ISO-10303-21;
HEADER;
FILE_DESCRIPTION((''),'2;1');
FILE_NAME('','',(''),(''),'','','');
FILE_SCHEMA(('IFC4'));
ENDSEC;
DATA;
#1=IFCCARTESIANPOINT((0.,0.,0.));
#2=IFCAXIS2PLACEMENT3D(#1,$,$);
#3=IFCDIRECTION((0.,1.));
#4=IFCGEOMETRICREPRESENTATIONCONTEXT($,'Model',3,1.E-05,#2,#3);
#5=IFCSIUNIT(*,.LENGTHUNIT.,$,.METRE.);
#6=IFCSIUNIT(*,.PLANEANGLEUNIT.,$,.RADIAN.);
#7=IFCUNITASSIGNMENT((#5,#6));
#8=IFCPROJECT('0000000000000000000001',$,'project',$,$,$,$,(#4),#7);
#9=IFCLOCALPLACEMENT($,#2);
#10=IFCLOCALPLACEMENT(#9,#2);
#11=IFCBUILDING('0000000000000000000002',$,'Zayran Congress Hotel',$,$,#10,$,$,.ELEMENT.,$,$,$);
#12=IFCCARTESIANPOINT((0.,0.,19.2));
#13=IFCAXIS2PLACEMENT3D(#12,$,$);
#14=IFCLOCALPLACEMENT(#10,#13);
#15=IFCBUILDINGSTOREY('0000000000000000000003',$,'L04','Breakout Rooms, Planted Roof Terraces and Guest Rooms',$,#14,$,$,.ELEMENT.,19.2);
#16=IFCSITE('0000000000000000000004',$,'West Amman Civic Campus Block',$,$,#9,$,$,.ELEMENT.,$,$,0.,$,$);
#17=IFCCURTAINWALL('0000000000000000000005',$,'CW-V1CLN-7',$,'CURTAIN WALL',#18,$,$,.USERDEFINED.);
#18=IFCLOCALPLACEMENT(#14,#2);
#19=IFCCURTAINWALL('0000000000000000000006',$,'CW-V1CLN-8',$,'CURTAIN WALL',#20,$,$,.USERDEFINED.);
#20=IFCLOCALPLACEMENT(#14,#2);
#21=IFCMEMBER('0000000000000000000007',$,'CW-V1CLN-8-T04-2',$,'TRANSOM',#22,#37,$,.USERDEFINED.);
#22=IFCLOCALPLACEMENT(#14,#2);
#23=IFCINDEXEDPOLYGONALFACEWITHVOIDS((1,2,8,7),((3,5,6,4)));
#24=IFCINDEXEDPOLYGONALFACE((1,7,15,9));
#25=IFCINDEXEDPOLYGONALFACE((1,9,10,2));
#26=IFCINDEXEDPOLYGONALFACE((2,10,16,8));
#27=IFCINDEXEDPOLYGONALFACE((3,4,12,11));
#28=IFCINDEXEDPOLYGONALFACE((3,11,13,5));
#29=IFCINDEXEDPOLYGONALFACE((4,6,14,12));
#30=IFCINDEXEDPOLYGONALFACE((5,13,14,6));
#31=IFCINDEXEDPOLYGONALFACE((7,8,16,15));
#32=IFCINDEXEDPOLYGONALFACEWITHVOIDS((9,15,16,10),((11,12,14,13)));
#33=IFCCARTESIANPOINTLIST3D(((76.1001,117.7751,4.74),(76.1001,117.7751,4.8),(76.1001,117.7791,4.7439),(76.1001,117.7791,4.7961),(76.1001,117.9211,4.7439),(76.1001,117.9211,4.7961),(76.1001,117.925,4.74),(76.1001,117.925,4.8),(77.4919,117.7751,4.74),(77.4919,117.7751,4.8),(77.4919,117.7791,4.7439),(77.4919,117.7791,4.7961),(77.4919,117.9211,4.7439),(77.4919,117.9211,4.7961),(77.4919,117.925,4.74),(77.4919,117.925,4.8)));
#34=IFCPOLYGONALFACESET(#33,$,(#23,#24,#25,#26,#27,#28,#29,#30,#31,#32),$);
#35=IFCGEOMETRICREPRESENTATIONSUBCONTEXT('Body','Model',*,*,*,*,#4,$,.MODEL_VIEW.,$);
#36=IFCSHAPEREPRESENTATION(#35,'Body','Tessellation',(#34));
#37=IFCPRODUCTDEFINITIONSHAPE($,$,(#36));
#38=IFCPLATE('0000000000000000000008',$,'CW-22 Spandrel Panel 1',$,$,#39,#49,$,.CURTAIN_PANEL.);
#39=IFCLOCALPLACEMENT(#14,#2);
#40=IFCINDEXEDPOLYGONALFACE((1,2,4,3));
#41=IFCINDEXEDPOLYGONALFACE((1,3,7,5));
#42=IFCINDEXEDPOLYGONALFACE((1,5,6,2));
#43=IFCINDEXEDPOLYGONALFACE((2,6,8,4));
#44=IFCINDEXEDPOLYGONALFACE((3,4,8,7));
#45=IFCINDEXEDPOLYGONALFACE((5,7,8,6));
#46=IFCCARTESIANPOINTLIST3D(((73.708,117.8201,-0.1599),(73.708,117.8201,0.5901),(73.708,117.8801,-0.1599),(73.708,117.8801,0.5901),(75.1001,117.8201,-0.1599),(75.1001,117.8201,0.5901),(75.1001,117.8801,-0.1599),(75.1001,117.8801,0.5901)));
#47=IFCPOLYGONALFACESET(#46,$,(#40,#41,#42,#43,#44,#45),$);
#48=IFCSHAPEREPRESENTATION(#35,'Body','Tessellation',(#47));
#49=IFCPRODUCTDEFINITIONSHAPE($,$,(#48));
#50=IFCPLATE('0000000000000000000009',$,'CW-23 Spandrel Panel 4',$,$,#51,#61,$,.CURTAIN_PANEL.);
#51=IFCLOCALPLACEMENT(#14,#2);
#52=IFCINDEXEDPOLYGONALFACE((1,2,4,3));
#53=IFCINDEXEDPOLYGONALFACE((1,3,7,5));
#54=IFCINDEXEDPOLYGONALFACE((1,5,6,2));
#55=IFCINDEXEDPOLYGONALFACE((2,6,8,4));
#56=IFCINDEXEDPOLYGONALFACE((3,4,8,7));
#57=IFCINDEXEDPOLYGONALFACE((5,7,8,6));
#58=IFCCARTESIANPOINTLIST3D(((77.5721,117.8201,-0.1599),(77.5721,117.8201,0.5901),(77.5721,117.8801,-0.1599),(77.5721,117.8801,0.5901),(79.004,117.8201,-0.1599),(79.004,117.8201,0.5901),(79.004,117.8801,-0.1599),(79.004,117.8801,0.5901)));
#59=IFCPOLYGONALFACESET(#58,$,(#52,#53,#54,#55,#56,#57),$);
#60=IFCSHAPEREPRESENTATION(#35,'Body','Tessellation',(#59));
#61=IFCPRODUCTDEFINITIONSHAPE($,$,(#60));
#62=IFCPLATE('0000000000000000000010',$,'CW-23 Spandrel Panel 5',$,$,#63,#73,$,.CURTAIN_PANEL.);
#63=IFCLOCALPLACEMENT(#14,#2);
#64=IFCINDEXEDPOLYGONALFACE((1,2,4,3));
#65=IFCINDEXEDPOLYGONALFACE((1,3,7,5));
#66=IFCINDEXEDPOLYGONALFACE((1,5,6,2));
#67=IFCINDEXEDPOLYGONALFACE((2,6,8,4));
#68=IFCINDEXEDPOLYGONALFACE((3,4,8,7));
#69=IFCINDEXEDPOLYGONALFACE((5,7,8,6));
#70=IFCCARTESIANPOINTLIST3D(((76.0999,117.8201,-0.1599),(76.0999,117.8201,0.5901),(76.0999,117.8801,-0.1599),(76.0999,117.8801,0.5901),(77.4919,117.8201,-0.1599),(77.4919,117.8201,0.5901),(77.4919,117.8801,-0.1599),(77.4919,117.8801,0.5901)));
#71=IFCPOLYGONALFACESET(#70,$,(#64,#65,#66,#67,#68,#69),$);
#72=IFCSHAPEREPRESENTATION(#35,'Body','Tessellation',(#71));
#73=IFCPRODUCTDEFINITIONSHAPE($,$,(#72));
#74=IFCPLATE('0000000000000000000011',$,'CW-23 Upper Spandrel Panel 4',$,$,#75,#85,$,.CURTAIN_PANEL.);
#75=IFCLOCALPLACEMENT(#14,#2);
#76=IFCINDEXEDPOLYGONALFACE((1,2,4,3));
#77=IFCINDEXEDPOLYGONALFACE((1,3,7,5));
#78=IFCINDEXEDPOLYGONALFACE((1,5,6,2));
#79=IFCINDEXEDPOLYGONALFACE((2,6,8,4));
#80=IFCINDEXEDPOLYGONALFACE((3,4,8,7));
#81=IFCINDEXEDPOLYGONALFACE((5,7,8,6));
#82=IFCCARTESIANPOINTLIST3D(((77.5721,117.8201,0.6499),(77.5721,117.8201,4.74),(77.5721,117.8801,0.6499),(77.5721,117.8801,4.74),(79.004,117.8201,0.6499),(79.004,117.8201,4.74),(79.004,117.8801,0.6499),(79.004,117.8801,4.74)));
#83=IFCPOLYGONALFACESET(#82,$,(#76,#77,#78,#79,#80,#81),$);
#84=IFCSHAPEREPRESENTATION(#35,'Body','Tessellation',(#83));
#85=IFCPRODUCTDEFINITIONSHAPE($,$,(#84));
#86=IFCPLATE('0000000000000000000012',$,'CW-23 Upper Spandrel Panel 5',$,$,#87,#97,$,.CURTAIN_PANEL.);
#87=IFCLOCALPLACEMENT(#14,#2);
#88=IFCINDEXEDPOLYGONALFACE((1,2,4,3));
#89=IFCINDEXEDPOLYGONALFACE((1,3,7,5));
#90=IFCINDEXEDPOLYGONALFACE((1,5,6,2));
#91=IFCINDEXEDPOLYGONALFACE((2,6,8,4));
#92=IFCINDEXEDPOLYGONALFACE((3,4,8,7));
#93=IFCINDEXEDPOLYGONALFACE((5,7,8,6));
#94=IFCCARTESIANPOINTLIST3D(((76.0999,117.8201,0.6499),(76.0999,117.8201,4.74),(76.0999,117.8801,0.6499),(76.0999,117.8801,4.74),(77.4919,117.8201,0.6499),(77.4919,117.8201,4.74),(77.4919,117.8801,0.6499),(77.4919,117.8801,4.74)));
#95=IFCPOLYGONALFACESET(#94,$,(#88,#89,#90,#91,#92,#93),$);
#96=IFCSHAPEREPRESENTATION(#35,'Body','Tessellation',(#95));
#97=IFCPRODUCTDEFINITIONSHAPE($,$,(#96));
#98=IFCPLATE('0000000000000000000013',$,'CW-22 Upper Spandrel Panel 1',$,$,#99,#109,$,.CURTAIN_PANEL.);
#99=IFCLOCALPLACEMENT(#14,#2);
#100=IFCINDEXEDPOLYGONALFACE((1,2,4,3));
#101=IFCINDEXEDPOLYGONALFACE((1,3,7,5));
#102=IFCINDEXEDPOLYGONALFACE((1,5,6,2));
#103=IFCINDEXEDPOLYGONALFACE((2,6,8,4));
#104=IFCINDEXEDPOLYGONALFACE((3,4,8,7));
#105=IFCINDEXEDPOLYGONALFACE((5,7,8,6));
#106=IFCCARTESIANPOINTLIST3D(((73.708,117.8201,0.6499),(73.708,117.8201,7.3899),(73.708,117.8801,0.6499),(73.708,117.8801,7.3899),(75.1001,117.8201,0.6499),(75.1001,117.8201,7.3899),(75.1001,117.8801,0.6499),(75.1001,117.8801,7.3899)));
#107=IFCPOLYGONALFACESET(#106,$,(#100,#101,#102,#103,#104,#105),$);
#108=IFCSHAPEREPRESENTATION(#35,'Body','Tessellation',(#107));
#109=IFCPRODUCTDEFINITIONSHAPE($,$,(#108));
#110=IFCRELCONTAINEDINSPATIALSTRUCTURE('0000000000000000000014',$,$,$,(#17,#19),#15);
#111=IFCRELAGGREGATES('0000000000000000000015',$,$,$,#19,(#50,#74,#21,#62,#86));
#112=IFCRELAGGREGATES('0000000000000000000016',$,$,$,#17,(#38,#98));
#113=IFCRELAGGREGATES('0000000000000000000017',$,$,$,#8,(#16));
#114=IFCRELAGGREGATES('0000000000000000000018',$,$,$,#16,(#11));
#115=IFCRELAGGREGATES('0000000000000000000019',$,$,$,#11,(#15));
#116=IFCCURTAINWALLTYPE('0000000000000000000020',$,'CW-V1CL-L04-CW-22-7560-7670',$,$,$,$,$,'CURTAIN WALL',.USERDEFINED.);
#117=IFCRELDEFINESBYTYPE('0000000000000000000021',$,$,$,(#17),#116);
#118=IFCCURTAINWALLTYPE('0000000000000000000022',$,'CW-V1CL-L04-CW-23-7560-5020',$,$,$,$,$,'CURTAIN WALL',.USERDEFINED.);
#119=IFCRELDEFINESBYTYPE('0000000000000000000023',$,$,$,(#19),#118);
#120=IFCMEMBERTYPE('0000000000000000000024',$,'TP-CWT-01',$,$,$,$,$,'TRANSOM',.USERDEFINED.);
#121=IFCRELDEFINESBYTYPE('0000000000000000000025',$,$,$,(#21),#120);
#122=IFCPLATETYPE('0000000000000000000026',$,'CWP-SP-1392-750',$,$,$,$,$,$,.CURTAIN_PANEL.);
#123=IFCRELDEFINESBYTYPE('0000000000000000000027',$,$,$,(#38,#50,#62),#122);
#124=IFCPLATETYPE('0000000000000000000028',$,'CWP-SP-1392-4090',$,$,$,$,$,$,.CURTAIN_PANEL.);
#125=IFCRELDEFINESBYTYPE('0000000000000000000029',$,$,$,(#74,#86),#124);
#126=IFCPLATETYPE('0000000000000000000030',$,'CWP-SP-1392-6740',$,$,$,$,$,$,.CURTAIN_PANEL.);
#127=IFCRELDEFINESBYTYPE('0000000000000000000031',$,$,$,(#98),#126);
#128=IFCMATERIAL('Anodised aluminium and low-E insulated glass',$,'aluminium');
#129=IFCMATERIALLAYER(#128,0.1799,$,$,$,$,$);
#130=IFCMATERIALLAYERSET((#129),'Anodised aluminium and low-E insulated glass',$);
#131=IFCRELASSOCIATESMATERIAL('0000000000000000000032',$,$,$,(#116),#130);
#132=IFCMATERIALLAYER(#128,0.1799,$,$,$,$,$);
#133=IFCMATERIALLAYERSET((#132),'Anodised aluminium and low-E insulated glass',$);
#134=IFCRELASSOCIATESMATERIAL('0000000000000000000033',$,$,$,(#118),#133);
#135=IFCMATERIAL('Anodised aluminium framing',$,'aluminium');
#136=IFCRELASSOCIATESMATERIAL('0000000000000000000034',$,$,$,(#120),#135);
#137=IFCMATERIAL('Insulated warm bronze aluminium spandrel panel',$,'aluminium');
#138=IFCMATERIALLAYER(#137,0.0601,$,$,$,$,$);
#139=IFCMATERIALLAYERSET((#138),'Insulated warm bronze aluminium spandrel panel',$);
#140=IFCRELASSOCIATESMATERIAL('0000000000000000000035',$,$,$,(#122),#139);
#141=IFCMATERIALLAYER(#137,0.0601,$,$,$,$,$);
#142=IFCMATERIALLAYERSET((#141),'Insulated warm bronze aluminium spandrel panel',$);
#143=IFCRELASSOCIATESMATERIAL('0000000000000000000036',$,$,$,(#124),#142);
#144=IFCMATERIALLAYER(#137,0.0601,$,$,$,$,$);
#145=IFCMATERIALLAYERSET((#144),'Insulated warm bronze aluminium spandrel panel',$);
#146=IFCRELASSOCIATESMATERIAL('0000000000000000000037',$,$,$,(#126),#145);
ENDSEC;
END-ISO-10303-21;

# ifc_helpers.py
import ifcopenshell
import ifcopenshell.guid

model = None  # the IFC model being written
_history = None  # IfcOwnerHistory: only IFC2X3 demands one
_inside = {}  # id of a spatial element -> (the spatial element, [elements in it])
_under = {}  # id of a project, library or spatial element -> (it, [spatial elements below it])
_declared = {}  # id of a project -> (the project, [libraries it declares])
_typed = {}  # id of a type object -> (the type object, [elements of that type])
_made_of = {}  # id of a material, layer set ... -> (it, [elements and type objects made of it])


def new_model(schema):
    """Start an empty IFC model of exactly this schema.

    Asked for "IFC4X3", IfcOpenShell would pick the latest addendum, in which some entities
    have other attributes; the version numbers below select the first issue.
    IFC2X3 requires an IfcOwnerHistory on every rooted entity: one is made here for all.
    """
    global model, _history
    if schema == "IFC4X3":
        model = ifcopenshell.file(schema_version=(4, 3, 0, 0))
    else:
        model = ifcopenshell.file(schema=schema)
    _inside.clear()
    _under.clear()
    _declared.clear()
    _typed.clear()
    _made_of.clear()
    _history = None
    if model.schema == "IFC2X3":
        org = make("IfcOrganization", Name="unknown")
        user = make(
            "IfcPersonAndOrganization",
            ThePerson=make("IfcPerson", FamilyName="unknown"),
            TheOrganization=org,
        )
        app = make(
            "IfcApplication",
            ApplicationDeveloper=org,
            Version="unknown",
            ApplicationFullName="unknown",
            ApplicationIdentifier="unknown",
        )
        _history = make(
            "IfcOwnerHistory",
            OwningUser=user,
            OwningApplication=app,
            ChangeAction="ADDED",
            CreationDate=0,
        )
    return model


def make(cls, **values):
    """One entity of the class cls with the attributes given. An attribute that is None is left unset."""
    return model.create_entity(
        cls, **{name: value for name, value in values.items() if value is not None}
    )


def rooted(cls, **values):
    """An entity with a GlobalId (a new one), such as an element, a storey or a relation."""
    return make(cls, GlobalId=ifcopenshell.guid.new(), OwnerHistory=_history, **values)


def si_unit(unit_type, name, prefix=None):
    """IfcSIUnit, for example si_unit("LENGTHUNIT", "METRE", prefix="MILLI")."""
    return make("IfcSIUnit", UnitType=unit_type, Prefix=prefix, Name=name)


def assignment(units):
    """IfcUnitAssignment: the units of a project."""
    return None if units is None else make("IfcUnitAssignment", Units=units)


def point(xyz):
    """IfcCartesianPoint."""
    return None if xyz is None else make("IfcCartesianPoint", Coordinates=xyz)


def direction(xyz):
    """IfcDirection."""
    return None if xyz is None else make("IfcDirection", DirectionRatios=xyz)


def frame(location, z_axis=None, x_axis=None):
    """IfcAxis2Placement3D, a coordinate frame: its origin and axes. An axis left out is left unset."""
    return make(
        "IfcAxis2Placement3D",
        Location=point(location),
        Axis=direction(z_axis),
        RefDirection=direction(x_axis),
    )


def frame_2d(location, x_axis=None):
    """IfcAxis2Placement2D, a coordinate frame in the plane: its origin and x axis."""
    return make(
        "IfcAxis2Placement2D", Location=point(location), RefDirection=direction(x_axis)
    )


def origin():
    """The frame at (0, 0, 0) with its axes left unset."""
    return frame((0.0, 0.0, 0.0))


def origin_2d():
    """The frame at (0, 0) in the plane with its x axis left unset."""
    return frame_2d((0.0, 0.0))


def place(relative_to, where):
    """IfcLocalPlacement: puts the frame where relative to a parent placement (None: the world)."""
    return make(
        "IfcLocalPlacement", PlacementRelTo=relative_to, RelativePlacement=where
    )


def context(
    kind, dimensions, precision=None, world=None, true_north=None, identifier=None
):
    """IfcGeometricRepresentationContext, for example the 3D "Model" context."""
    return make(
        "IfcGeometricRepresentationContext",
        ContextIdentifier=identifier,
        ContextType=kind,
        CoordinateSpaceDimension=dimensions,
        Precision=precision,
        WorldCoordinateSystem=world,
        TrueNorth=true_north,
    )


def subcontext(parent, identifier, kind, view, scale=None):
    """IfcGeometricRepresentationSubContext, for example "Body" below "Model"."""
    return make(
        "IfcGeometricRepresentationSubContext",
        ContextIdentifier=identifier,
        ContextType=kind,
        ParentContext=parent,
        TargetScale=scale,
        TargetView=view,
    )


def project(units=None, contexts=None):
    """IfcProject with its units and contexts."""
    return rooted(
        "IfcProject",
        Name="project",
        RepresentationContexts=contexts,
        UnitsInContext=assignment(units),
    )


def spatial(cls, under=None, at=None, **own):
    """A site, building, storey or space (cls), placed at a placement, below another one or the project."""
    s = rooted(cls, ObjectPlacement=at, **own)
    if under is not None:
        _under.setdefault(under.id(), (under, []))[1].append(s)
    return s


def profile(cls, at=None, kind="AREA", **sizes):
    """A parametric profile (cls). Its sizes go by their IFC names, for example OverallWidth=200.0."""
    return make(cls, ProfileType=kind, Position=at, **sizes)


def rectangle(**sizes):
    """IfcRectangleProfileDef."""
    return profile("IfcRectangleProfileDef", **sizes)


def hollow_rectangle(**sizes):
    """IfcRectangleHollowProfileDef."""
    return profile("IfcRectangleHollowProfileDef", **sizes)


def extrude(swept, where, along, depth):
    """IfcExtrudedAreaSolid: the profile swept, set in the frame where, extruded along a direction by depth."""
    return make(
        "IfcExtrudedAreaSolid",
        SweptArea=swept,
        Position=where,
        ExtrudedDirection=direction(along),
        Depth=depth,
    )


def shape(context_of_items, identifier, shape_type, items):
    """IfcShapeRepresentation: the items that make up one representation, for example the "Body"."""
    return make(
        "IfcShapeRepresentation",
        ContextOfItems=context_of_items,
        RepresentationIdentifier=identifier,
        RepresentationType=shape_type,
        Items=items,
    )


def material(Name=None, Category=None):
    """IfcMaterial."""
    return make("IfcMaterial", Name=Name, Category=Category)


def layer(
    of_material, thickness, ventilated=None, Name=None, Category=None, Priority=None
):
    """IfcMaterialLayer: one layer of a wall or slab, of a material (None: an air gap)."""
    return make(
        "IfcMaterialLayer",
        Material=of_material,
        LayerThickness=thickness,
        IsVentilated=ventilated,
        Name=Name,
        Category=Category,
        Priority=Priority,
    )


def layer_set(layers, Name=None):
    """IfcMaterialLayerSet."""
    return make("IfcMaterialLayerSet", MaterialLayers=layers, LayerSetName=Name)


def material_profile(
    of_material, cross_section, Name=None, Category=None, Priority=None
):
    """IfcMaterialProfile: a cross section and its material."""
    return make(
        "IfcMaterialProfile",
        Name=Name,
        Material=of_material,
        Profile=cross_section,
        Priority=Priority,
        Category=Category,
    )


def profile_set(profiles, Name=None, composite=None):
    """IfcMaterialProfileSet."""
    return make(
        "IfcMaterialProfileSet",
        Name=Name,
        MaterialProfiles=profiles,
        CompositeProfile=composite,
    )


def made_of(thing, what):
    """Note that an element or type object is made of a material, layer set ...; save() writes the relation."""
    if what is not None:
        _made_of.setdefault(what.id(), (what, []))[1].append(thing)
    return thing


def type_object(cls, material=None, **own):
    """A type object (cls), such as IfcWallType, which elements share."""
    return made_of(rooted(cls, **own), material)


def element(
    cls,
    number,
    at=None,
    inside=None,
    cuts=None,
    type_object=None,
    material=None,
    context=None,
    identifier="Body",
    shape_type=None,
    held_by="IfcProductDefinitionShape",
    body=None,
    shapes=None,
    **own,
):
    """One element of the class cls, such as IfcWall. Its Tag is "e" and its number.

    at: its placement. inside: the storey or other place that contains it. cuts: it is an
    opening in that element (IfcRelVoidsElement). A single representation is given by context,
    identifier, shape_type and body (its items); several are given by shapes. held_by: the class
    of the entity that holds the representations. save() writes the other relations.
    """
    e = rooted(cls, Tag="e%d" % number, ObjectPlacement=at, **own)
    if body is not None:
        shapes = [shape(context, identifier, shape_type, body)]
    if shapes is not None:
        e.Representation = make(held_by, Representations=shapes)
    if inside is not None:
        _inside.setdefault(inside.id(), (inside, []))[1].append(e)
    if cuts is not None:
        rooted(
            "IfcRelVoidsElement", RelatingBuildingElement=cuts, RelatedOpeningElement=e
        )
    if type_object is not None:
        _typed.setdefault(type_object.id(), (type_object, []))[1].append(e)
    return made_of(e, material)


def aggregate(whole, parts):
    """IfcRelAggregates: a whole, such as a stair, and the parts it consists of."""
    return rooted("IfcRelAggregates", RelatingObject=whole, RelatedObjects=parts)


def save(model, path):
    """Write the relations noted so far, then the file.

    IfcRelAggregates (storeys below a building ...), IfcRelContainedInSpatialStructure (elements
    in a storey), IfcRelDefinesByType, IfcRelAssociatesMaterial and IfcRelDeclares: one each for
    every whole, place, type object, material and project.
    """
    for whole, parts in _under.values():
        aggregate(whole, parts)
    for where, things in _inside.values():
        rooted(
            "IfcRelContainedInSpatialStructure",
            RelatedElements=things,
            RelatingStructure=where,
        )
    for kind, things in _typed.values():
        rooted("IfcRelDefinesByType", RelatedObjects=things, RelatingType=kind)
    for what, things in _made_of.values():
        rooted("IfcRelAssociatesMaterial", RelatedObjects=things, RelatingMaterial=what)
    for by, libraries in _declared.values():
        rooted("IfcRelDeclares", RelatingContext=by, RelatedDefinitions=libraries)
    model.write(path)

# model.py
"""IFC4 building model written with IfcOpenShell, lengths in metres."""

from ifc_helpers import new_model, si_unit, direction, frame, origin, origin_2d, place, context, subcontext, project, spatial, rectangle, hollow_rectangle, extrude, material, layer, layer_set, material_profile, profile_set, type_object, element, aggregate, save


model = new_model("IFC4")

# Units and contexts
model_context = context("Model", 3, precision=1e-05, world=origin(), true_north=direction((0.0, 1.0)))
body_context = subcontext(model_context, "Body", "Model", "MODEL_VIEW")
ifc_project = project(units=[si_unit("LENGTHUNIT", "METRE"), si_unit("PLANEANGLEUNIT", "RADIAN")], contexts=[model_context])

# Site, building, storey
site_placement = place(None, origin())
site = spatial("IfcSite", under=ifc_project, at=site_placement, Name="West Amman Civic Campus Block", CompositionType="ELEMENT", RefElevation=0.0)
building_placement = place(site_placement, origin())
building = spatial("IfcBuilding", under=site, at=building_placement, Name="Zayran Congress Hotel", CompositionType="ELEMENT")
storey_placement = place(building_placement, frame((0.0, 0.0, 19.2)))
storey = spatial("IfcBuildingStorey", under=building, at=storey_placement, Name="L04", Description="Breakout Rooms, Planted Roof Terraces and Guest Rooms", CompositionType="ELEMENT", Elevation=19.2)

# Curtain walls
ifc_material_1 = material(Name="Anodised aluminium and low-E insulated glass", Category="aluminium")
ifc_layer_1 = layer(ifc_material_1, 0.1799)
ifc_layer_set_1 = layer_set([ifc_layer_1], Name="Anodised aluminium and low-E insulated glass")
curtain_wall_type_1 = type_object("IfcCurtainWallType", Name="CW-V1CL-L04-CW-22-7560-7670", ElementType="CURTAIN WALL", PredefinedType="USERDEFINED", material=ifc_layer_set_1)
curtain_wall_1_placement = place(storey_placement, origin())
curtain_wall_1 = element("IfcCurtainWall", 1, at=curtain_wall_1_placement, inside=storey, type_object=curtain_wall_type_1, Name="CW-V1CLN-7", ObjectType="CURTAIN WALL", PredefinedType="USERDEFINED")
ifc_material_2 = material(Name="Anodised aluminium framing", Category="aluminium")
ifc_layer_2 = layer(ifc_material_1, 0.1799)
ifc_layer_set_2 = layer_set([ifc_layer_2], Name="Anodised aluminium and low-E insulated glass")
curtain_wall_type_2 = type_object("IfcCurtainWallType", Name="CW-V1CL-L04-CW-23-7560-5020", ElementType="CURTAIN WALL", PredefinedType="USERDEFINED", material=ifc_layer_set_2)
curtain_wall_2_placement = place(storey_placement, origin())
curtain_wall_2 = element("IfcCurtainWall", 2, at=curtain_wall_2_placement, inside=storey, type_object=curtain_wall_type_2, Name="CW-V1CLN-8", ObjectType="CURTAIN WALL", PredefinedType="USERDEFINED")

# Member
ifc_material_profile_1 = material_profile(ifc_material_2, hollow_rectangle(XDim=0.0601, YDim=0.1499, WallThickness=0.0039, at=origin_2d()), Name="RHS 150x60x4")
ifc_profile_set_1 = profile_set([ifc_material_profile_1], Name="Anodised aluminium framing")
member_type_1 = type_object("IfcMemberType", Name="TP-CWT-01", ElementType="TRANSOM", PredefinedType="USERDEFINED", material=ifc_profile_set_1)
member_1_placement = place(storey_placement, frame((77.4919, 117.8501, 4.77), z_axis=(-1.0, 0.0, 0.0), x_axis=(0.0, 0.0, 1.0)))
member_1 = element("IfcMember", 3, at=member_1_placement, type_object=member_type_1, Name="CW-V1CLN-8-T04-2", ObjectType="TRANSOM", PredefinedType="USERDEFINED", context=body_context, shape_type="SweptSolid", body=[
    extrude(hollow_rectangle(XDim=0.0601, YDim=0.1499, WallThickness=0.0039, at=origin_2d()), origin(), (0.0, 0.0, 1.0), 1.3918),
])

# Plates
ifc_material_3 = material(Name="Insulated warm bronze aluminium spandrel panel", Category="aluminium")
ifc_layer_3 = layer(ifc_material_3, 0.0601)
ifc_layer_set_3 = layer_set([ifc_layer_3], Name="Insulated warm bronze aluminium spandrel panel")
plate_type_1 = type_object("IfcPlateType", Name="CWP-SP-1392-750", PredefinedType="CURTAIN_PANEL", material=ifc_layer_set_3)
plate_1_placement = place(storey_placement, frame((74.4041, 117.8501, -0.1599), z_axis=(0.0, 0.0, 1.0), x_axis=(1.0, 0.0, 0.0)))
plate_1 = element("IfcPlate", 4, at=plate_1_placement, type_object=plate_type_1, Name="CW-22 Spandrel Panel 1", PredefinedType="CURTAIN_PANEL", context=body_context, shape_type="SweptSolid", body=[
    extrude(rectangle(XDim=1.3921, YDim=0.0601, at=origin_2d()), origin(), (0.0, 0.0, 1.0), 0.75),
])
plate_2_placement = place(storey_placement, frame((78.2881, 117.8501, -0.1599), z_axis=(0.0, 0.0, 1.0), x_axis=(1.0, 0.0, 0.0)))
plate_2 = element("IfcPlate", 5, at=plate_2_placement, type_object=plate_type_1, Name="CW-23 Spandrel Panel 4", PredefinedType="CURTAIN_PANEL", context=body_context, shape_type="SweptSolid", body=[
    extrude(rectangle(XDim=1.4319, YDim=0.0601, at=origin_2d()), origin(), (0.0, 0.0, 1.0), 0.75),
])
plate_3_placement = place(storey_placement, frame((76.7959, 117.8501, -0.1599), z_axis=(0.0, 0.0, 1.0), x_axis=(1.0, 0.0, 0.0)))
plate_3 = element("IfcPlate", 6, at=plate_3_placement, type_object=plate_type_1, Name="CW-23 Spandrel Panel 5", PredefinedType="CURTAIN_PANEL", context=body_context, shape_type="SweptSolid", body=[
    extrude(rectangle(XDim=1.3921, YDim=0.0601, at=origin_2d()), origin(), (0.0, 0.0, 1.0), 0.75),
])
ifc_layer_4 = layer(ifc_material_3, 0.0601)
ifc_layer_set_4 = layer_set([ifc_layer_4], Name="Insulated warm bronze aluminium spandrel panel")
plate_type_2 = type_object("IfcPlateType", Name="CWP-SP-1392-4090", PredefinedType="CURTAIN_PANEL", material=ifc_layer_set_4)
plate_4_placement = place(storey_placement, frame((78.2881, 117.8501, 0.6499), z_axis=(0.0, 0.0, 1.0), x_axis=(1.0, 0.0, 0.0)))
plate_4 = element("IfcPlate", 7, at=plate_4_placement, type_object=plate_type_2, Name="CW-23 Upper Spandrel Panel 4", PredefinedType="CURTAIN_PANEL", context=body_context, shape_type="SweptSolid", body=[
    extrude(rectangle(XDim=1.4319, YDim=0.0601, at=origin_2d()), origin(), (0.0, 0.0, 1.0), 4.0901),
])
plate_5_placement = place(storey_placement, frame((76.7959, 117.8501, 0.6499), z_axis=(0.0, 0.0, 1.0), x_axis=(1.0, 0.0, 0.0)))
plate_5 = element("IfcPlate", 8, at=plate_5_placement, type_object=plate_type_2, Name="CW-23 Upper Spandrel Panel 5", PredefinedType="CURTAIN_PANEL", context=body_context, shape_type="SweptSolid", body=[
    extrude(rectangle(XDim=1.3921, YDim=0.0601, at=origin_2d()), origin(), (0.0, 0.0, 1.0), 4.0901),
])
aggregate(curtain_wall_2, [plate_2, plate_4, member_1, plate_3, plate_5])
ifc_layer_5 = layer(ifc_material_3, 0.0601)
ifc_layer_set_5 = layer_set([ifc_layer_5], Name="Insulated warm bronze aluminium spandrel panel")
plate_type_3 = type_object("IfcPlateType", Name="CWP-SP-1392-6740", PredefinedType="CURTAIN_PANEL", material=ifc_layer_set_5)
plate_6_placement = place(storey_placement, frame((74.4041, 117.8501, 0.6499), z_axis=(0.0, 0.0, 1.0), x_axis=(1.0, 0.0, 0.0)))
plate_6 = element("IfcPlate", 9, at=plate_6_placement, type_object=plate_type_3, Name="CW-22 Upper Spandrel Panel 1", PredefinedType="CURTAIN_PANEL", context=body_context, shape_type="SweptSolid", body=[
    extrude(rectangle(XDim=1.3921, YDim=0.0601, at=origin_2d()), origin(), (0.0, 0.0, 1.0), 6.74),
])
aggregate(curtain_wall_1, [plate_1, plate_6])

save(model, "model.ifc")
